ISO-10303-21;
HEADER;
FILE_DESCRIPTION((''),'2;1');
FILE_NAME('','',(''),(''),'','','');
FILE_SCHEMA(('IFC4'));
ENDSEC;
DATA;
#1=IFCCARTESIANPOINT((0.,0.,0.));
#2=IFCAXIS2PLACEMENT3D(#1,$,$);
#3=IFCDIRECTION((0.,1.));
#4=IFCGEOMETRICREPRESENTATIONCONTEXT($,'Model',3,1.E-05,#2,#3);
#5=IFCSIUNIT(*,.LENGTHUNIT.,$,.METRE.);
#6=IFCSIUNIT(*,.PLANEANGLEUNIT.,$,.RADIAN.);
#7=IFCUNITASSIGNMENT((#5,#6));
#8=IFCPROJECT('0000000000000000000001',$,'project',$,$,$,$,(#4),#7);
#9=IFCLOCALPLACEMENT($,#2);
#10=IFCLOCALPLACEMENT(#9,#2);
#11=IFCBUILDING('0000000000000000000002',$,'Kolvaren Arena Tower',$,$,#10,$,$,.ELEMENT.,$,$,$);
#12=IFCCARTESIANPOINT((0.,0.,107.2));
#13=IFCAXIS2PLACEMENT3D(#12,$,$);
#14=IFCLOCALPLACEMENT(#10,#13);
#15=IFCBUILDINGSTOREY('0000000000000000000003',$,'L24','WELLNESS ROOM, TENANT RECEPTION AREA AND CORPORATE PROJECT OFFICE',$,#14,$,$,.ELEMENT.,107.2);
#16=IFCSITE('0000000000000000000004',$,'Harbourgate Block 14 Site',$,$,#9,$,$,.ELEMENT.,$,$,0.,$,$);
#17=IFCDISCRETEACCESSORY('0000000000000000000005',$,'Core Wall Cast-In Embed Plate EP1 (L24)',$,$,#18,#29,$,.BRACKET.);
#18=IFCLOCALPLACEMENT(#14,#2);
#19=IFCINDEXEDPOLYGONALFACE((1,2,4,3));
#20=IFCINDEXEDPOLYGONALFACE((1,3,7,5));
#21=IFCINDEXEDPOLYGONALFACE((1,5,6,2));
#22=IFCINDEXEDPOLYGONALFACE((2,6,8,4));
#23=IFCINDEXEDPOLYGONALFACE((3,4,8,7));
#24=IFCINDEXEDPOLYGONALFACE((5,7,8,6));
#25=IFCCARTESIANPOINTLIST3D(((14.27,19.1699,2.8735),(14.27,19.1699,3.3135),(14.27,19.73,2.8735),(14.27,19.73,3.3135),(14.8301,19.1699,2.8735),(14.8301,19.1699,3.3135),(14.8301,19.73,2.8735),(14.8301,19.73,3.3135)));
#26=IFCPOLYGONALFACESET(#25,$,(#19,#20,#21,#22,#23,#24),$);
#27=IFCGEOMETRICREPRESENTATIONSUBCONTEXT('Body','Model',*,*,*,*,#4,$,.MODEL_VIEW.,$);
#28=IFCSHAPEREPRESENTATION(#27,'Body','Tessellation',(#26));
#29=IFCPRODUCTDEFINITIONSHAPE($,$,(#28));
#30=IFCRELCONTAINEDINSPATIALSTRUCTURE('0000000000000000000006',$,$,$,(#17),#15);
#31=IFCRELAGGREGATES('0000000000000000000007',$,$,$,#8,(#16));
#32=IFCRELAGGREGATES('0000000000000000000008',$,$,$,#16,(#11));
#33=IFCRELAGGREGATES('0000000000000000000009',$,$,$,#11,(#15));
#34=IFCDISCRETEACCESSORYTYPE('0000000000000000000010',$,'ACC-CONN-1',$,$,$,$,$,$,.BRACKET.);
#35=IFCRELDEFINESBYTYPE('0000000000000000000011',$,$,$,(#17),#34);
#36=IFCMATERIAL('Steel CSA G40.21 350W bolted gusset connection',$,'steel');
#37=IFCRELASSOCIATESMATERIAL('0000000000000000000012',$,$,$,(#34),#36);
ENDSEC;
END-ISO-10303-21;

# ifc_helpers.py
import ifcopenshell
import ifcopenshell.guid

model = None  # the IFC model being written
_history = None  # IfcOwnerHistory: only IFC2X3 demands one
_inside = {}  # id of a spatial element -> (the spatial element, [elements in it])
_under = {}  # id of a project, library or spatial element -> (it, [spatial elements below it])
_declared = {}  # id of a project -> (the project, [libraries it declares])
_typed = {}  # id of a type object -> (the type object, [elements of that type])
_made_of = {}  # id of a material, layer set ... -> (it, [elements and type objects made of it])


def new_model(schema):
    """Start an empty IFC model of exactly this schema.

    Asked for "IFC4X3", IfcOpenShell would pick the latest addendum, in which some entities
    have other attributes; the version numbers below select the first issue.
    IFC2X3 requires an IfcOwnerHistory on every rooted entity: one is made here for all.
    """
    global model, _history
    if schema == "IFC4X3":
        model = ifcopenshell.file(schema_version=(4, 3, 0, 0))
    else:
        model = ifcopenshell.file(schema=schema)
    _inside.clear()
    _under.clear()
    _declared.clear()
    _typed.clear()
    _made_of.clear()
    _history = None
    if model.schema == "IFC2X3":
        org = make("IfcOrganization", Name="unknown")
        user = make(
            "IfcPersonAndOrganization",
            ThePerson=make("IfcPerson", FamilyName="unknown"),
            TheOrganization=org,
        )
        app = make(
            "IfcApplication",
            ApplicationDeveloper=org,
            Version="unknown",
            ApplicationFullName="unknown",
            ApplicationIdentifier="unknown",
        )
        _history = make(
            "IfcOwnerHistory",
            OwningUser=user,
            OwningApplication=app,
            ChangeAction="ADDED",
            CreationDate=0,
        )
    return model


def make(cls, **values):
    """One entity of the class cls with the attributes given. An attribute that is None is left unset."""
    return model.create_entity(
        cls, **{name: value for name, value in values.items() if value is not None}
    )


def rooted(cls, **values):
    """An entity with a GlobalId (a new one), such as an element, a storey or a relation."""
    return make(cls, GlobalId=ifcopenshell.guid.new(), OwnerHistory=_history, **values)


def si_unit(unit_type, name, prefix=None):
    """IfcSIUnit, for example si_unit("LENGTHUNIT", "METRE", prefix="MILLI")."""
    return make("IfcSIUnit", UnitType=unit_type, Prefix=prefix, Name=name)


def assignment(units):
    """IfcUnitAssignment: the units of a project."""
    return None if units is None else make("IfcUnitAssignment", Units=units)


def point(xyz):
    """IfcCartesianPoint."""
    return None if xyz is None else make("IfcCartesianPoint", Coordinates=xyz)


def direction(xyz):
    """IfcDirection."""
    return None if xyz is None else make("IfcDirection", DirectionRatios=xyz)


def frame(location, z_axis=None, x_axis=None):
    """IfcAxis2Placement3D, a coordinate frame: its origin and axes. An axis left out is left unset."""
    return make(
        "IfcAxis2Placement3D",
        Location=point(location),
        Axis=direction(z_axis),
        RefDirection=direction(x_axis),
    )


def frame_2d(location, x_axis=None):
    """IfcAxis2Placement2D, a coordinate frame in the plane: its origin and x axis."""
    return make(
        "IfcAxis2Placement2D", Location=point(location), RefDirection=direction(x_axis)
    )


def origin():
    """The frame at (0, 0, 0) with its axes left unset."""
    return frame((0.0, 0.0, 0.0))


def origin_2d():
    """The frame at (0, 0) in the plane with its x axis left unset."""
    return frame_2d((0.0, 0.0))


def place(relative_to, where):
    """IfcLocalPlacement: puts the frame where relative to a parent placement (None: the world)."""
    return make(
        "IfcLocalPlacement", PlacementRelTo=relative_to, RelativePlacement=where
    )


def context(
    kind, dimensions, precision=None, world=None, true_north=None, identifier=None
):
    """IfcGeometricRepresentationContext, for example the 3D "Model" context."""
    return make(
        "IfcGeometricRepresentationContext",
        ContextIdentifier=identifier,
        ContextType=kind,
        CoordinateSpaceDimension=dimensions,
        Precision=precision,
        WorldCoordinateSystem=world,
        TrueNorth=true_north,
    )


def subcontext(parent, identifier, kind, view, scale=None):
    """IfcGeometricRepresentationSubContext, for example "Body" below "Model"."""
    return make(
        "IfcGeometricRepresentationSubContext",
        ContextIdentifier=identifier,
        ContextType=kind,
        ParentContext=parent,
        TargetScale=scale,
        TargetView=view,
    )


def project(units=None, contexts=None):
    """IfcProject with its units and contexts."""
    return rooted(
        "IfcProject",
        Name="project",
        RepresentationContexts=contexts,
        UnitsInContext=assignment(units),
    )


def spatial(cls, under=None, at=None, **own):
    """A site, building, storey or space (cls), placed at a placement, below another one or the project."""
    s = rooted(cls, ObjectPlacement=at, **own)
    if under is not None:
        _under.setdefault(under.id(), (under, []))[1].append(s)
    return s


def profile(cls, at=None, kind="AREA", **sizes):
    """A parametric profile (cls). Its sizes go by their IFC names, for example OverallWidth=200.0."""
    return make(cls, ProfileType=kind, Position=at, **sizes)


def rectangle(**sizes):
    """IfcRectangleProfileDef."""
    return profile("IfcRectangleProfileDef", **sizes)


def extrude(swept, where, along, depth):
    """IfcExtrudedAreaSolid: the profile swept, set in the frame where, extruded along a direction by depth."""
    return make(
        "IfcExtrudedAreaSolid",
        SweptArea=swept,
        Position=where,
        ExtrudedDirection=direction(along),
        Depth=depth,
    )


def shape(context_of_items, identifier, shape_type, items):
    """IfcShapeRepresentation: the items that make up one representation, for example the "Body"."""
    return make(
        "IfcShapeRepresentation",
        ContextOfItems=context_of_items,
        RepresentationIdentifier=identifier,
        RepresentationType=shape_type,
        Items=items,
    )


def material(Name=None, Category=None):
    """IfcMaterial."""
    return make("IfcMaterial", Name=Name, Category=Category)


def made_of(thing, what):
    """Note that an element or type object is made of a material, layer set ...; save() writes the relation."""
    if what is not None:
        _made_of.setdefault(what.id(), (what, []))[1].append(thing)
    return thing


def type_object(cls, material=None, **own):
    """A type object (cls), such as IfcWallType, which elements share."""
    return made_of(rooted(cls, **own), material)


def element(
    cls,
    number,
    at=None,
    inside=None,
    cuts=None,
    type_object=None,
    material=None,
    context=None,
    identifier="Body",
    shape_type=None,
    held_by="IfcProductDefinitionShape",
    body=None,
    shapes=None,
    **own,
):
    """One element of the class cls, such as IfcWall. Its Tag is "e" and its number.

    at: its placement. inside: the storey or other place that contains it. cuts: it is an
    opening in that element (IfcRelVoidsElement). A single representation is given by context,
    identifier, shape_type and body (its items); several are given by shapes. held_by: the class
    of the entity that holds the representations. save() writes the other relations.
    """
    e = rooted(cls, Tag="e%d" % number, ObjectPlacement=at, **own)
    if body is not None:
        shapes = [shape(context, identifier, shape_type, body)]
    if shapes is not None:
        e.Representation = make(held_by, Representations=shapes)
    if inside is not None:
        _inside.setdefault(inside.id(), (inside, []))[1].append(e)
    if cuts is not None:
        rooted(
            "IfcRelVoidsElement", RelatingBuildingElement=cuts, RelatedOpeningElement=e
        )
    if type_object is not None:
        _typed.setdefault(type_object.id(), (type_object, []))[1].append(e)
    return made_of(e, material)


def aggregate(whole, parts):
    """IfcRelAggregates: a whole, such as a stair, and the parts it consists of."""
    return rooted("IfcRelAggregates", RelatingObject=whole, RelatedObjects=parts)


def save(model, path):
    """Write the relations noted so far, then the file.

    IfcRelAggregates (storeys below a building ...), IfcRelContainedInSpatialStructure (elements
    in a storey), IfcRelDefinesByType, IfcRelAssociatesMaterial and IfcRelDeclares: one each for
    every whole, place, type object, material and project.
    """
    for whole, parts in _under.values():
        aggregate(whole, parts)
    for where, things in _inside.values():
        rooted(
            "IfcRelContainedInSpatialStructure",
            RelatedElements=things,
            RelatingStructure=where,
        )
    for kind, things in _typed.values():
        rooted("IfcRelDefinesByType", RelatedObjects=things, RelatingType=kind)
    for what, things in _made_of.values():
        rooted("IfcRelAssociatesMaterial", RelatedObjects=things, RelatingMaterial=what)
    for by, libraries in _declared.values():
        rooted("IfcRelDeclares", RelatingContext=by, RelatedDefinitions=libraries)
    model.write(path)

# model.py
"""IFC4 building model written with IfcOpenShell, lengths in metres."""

from ifc_helpers import new_model, si_unit, direction, frame, origin, origin_2d, place, context, subcontext, project, spatial, rectangle, extrude, material, type_object, element, save


model = new_model("IFC4")

# Units and contexts
model_context = context("Model", 3, precision=1e-05, world=origin(), true_north=direction((0.0, 1.0)))
body_context = subcontext(model_context, "Body", "Model", "MODEL_VIEW")
ifc_project = project(units=[si_unit("LENGTHUNIT", "METRE"), si_unit("PLANEANGLEUNIT", "RADIAN")], contexts=[model_context])

# Site, building, storey
site_placement = place(None, origin())
site = spatial("IfcSite", under=ifc_project, at=site_placement, Name="Harbourgate Block 14 Site", CompositionType="ELEMENT", RefElevation=0.0)
building_placement = place(site_placement, origin())
building = spatial("IfcBuilding", under=site, at=building_placement, Name="Kolvaren Arena Tower", CompositionType="ELEMENT")
storey_placement = place(building_placement, frame((0.0, 0.0, 107.2)))
storey = spatial("IfcBuildingStorey", under=building, at=storey_placement, Name="L24", Description="WELLNESS ROOM, TENANT RECEPTION AREA AND CORPORATE PROJECT OFFICE", CompositionType="ELEMENT", Elevation=107.2)

# Discrete accessory
ifc_material_1 = material(Name="Steel CSA G40.21 350W bolted gusset connection", Category="steel")
discrete_accessory_type = type_object("IfcDiscreteAccessoryType", Name="ACC-CONN-1", PredefinedType="BRACKET", material=ifc_material_1)
discrete_accessory_placement = place(storey_placement, frame((14.55, 19.45, 2.8735), z_axis=(0.0, 0.0, 1.0), x_axis=(1.0, 0.0, 0.0)))
element("IfcDiscreteAccessory", 1, at=discrete_accessory_placement, inside=storey, type_object=discrete_accessory_type, Name="Core Wall Cast-In Embed Plate EP1 (L24)", PredefinedType="BRACKET", context=body_context, shape_type="SweptSolid", body=[
    extrude(rectangle(XDim=0.5601, YDim=0.5601, at=origin_2d()), origin(), (0.0, 0.0, 1.0), 0.4399),
])

save(model, "model.ifc")
